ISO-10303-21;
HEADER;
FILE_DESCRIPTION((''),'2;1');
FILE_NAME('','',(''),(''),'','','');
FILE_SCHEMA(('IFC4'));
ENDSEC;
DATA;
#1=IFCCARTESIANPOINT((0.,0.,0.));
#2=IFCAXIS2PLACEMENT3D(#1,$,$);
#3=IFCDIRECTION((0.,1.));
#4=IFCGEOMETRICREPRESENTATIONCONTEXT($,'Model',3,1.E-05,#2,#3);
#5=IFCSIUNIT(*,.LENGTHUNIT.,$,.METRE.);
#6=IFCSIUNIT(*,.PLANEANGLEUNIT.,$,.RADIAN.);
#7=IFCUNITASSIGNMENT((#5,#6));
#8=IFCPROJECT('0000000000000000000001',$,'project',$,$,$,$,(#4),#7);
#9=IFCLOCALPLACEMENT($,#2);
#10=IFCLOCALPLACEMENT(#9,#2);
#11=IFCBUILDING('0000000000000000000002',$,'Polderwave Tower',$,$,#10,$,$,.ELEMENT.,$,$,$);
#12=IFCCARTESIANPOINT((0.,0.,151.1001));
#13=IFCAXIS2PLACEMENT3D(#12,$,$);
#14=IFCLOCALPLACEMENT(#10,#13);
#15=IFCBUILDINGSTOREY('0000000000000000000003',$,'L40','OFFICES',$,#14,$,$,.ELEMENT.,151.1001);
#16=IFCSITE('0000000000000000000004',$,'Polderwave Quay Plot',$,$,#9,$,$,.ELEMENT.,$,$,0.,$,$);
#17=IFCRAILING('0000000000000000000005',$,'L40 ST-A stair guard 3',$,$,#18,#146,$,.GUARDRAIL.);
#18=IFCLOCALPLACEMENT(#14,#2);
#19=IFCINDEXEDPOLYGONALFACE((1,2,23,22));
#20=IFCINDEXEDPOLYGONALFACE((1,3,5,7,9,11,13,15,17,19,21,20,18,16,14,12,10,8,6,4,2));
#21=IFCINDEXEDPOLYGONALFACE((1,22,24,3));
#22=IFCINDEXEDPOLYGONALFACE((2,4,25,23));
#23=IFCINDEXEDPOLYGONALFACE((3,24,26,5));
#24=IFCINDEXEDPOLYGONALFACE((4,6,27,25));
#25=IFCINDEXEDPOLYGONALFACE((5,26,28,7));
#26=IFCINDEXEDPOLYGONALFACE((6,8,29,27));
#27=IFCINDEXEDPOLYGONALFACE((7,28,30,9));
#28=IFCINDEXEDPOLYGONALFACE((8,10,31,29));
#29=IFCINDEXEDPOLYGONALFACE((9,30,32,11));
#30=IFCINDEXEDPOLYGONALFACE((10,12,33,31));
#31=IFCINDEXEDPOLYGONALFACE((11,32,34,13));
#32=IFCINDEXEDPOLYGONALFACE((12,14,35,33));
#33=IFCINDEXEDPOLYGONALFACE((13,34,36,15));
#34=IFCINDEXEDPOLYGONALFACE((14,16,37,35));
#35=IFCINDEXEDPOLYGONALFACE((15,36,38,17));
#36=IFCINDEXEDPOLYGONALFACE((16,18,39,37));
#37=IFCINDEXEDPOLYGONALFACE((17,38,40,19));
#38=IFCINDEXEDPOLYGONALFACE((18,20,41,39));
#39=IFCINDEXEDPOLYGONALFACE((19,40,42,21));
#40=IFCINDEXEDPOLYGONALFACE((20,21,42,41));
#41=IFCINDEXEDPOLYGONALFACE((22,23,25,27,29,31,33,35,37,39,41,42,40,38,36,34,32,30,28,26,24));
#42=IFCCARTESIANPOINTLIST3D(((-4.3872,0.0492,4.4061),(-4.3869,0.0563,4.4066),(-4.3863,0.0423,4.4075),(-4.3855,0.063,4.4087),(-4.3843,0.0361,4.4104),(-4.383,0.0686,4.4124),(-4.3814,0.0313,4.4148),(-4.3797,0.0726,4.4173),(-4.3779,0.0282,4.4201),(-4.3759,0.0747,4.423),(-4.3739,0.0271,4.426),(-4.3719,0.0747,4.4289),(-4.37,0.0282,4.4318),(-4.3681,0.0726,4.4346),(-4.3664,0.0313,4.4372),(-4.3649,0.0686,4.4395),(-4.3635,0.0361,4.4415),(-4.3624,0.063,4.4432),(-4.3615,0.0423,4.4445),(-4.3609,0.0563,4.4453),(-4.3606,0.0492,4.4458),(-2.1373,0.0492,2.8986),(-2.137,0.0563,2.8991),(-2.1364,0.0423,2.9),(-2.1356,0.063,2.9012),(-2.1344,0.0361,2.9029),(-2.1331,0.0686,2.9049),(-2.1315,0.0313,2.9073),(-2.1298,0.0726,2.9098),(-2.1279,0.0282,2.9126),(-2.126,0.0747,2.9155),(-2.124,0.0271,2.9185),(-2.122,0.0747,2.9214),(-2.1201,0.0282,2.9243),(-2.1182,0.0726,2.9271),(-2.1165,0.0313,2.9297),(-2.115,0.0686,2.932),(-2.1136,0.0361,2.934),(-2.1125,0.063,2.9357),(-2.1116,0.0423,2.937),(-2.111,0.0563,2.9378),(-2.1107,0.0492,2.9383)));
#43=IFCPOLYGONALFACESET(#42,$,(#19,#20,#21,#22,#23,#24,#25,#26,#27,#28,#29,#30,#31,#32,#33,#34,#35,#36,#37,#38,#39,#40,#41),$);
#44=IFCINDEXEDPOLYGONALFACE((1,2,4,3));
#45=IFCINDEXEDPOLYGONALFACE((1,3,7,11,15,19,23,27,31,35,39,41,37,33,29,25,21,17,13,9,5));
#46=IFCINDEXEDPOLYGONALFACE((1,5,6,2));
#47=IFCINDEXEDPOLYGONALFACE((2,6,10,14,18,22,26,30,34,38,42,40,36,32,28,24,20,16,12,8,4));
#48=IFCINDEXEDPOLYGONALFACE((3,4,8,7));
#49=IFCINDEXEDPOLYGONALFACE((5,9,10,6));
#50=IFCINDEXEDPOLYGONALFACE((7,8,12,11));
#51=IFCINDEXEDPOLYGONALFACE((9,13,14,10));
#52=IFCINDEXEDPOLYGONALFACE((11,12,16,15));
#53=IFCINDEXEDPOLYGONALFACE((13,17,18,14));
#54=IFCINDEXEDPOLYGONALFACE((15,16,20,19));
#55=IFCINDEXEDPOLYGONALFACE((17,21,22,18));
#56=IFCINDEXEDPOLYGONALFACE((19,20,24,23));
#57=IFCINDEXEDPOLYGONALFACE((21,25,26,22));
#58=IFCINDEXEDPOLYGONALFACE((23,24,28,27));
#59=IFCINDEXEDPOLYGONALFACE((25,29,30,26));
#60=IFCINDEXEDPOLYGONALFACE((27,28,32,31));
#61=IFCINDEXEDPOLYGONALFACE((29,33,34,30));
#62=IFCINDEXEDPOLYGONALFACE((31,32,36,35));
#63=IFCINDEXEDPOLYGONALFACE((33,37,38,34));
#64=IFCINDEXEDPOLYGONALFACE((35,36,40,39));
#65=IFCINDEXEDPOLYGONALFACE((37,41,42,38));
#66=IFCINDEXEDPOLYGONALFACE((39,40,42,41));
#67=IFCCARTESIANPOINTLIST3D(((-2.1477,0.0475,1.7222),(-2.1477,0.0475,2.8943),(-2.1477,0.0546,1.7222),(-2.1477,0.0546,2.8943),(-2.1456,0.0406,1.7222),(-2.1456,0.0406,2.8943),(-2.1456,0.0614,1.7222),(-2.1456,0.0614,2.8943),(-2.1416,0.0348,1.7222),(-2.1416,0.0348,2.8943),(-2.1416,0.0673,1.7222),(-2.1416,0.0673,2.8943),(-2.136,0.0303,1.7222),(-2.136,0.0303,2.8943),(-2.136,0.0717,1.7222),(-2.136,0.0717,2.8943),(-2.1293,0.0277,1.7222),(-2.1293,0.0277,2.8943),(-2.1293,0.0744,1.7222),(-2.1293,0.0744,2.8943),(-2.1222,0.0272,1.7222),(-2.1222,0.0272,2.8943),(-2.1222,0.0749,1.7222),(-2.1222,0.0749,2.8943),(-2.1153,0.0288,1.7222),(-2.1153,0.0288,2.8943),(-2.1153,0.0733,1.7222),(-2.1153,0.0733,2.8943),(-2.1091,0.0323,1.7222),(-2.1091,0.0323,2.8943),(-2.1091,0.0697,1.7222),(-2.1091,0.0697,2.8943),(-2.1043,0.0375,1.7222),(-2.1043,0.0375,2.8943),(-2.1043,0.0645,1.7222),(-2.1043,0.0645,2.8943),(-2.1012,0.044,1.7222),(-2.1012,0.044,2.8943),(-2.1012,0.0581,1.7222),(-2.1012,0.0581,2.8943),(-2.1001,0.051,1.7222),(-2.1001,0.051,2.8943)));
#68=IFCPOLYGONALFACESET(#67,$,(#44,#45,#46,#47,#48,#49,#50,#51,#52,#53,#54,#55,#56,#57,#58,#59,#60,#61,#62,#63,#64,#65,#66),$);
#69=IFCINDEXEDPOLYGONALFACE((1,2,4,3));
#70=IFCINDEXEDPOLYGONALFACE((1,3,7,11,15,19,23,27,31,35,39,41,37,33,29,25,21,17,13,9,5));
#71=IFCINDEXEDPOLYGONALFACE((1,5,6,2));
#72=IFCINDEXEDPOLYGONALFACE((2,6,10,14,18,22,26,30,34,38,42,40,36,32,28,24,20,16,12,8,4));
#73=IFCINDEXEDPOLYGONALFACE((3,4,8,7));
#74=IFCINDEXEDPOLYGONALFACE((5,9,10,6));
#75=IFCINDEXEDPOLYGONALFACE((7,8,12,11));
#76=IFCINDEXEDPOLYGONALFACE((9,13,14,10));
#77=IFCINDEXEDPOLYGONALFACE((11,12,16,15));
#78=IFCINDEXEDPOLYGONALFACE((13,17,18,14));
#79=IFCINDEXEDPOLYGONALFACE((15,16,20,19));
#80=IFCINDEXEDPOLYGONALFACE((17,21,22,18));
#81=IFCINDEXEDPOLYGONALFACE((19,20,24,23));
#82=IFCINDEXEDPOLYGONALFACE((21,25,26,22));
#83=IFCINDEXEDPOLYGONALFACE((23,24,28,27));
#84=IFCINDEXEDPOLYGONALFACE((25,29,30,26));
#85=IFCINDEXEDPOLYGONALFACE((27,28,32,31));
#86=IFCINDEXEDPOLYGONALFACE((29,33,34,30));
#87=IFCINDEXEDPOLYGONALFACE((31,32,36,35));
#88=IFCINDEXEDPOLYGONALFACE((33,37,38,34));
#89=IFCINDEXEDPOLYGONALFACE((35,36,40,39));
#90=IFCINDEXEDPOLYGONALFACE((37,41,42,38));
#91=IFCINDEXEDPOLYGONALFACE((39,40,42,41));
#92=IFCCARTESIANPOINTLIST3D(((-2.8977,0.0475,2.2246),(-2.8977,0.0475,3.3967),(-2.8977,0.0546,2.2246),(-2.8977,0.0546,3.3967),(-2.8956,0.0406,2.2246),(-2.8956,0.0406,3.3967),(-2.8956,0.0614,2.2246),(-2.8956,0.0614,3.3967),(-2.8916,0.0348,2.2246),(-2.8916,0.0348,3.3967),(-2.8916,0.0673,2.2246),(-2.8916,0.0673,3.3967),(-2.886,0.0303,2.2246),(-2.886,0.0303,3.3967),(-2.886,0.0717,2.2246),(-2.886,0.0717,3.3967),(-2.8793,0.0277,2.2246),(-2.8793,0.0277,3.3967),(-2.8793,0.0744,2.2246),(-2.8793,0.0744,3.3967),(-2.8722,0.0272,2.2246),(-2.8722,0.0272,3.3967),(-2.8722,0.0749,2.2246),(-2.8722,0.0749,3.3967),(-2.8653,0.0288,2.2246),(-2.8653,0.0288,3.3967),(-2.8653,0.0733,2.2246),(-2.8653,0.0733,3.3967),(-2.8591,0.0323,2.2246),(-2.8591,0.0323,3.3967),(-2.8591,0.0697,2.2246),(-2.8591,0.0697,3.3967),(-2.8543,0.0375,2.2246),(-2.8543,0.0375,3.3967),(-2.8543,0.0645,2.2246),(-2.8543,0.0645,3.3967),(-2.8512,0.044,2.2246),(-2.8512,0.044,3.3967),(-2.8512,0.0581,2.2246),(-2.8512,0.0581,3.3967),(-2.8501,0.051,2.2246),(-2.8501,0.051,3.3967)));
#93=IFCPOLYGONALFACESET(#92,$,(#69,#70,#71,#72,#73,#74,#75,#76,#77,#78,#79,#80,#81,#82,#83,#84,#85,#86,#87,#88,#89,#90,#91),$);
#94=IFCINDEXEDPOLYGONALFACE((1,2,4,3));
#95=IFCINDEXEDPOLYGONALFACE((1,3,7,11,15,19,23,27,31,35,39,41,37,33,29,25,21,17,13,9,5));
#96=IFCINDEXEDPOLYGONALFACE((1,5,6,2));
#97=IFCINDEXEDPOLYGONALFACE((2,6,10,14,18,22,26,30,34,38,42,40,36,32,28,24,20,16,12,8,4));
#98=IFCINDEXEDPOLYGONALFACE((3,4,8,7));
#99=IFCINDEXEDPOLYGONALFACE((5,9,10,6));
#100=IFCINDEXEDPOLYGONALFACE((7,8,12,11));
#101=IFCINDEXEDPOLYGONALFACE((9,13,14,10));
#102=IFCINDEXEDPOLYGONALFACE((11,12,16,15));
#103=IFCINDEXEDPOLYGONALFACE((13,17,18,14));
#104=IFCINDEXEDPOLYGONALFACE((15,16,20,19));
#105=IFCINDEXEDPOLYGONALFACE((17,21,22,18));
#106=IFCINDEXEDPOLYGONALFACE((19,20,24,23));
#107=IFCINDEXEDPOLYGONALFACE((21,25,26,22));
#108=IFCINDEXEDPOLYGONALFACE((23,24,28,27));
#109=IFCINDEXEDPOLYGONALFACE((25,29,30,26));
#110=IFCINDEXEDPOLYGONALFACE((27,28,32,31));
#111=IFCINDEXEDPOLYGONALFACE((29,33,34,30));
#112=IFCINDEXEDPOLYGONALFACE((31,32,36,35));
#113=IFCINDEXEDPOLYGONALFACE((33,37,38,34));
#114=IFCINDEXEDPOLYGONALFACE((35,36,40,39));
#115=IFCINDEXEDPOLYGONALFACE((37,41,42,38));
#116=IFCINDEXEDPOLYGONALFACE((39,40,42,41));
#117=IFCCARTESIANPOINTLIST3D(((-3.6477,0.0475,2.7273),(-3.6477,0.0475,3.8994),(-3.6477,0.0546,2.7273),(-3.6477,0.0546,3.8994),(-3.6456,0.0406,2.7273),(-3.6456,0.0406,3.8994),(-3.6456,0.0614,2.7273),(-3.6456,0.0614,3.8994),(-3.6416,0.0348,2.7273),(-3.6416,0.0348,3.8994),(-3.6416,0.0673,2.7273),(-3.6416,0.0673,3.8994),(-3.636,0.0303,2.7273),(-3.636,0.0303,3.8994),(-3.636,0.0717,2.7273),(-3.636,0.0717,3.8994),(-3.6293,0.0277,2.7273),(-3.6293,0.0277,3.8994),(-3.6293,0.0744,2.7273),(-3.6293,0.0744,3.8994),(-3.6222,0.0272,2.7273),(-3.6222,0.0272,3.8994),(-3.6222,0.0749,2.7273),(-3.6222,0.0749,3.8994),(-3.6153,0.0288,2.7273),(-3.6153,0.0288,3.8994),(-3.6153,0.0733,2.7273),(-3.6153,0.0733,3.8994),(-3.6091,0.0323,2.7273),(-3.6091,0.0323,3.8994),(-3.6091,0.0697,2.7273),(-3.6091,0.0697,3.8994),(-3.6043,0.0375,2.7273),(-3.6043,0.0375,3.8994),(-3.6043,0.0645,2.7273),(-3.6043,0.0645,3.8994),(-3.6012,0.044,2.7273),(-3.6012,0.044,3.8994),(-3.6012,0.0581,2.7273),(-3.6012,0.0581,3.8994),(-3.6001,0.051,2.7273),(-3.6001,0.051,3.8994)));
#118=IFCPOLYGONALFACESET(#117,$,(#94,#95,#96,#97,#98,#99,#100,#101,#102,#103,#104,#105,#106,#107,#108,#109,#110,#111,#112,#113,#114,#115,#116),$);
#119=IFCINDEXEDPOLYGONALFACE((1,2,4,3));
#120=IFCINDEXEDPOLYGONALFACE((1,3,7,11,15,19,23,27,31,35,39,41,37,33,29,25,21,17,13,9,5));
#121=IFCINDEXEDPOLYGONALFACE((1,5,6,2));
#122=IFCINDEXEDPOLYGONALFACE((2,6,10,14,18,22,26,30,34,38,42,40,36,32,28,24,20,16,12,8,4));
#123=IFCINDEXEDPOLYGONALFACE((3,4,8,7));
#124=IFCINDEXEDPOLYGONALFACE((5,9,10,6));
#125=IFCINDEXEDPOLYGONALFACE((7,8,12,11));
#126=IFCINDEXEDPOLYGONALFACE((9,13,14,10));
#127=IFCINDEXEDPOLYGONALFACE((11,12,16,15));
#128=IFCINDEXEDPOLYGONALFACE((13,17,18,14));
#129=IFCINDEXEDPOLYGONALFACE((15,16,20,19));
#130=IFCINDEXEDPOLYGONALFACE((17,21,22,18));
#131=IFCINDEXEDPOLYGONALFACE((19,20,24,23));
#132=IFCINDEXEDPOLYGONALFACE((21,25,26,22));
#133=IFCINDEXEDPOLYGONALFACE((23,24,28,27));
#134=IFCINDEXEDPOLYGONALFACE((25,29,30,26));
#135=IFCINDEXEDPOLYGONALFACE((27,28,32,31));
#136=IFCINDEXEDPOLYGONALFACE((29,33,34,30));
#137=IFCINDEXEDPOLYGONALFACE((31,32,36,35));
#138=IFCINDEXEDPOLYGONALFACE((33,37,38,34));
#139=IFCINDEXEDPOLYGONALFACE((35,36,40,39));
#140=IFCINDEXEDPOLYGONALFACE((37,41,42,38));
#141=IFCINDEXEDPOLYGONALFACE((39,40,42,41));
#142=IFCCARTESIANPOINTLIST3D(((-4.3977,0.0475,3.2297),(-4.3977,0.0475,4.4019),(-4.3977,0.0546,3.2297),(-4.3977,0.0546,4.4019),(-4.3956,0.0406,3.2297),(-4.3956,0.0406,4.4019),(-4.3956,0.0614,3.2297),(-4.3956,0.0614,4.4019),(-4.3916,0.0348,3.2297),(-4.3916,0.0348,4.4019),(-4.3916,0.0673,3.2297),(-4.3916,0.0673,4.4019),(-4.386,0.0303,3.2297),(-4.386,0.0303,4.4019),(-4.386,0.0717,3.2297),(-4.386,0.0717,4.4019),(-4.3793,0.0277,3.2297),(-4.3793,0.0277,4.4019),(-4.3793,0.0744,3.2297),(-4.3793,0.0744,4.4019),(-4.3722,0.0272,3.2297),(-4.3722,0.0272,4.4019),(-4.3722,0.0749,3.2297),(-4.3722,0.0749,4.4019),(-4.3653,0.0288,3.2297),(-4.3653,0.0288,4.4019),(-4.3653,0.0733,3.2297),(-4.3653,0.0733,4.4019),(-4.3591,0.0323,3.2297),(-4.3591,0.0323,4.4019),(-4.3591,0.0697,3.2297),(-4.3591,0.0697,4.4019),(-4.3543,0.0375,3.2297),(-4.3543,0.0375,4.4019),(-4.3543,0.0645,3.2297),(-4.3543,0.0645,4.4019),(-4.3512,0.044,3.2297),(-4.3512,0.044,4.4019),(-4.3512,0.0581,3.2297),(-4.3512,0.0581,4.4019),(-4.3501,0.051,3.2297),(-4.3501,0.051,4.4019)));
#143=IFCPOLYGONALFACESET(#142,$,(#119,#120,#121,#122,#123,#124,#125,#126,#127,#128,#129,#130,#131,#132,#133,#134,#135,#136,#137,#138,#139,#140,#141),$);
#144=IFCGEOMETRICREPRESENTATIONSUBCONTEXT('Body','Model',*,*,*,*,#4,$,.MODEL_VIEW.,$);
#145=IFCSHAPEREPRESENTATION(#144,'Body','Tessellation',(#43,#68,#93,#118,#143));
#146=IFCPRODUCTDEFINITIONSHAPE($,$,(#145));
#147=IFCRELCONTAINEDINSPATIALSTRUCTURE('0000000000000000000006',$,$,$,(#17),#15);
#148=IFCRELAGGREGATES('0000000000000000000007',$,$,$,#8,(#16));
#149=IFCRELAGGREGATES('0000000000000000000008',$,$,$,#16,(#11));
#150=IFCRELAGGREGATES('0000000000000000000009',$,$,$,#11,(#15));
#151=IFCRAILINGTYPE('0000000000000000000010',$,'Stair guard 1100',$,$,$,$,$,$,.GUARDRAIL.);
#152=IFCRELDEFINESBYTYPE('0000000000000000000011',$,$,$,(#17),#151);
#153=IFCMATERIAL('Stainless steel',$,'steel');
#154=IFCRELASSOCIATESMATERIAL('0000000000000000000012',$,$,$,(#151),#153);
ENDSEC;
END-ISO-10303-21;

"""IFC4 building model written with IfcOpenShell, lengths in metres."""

from ifc_helpers import new_model, si_unit, direction, frame, origin, origin_2d, place, context, subcontext, project, spatial, circle, extrude, material, type_object, element, save


model = new_model("IFC4")

# Units and contexts
model_context = context("Model", 3, precision=1e-05, world=origin(), true_north=direction((0.0, 1.0)))
body_context = subcontext(model_context, "Body", "Model", "MODEL_VIEW")
ifc_project = project(units=[si_unit("LENGTHUNIT", "METRE"), si_unit("PLANEANGLEUNIT", "RADIAN")], contexts=[model_context])

# Site, building, storey
site_placement = place(None, origin())
site = spatial("IfcSite", under=ifc_project, at=site_placement, Name="Polderwave Quay Plot", CompositionType="ELEMENT", RefElevation=0.0)
building_placement = place(site_placement, origin())
building = spatial("IfcBuilding", under=site, at=building_placement, Name="Polderwave Tower", CompositionType="ELEMENT")
storey_placement = place(building_placement, frame((0.0, 0.0, 151.1001)))
storey = spatial("IfcBuildingStorey", under=building, at=storey_placement, Name="L40", Description="OFFICES", CompositionType="ELEMENT", Elevation=151.1001)

# Shared definitions
ifc_material_1 = material(Name="Stainless steel", Category="steel")

# Railing
railing_type_1 = type_object("IfcRailingType", Name="Stair guard 1100", PredefinedType="GUARDRAIL", material=ifc_material_1)
railing_1_placement = place(storey_placement, frame((-2.124, 0.051, 1.7222)))
element("IfcRailing", 1, at=railing_1_placement, inside=storey, type_object=railing_type_1, Name="L40 ST-A stair guard 3", PredefinedType="GUARDRAIL", context=body_context, shape_type="SweptSolid", body=[
    extrude(circle(Radius=0.0239, at=origin_2d()), frame((0.0, 0.0, 1.1963), z_axis=(-0.830758, 0.0, 0.556633), x_axis=(0.0, -1.0, 0.0)), (0.0, 0.0, 1.0), 2.7083),
    extrude(circle(Radius=0.0239, at=origin_2d()), origin(), (0.0, 0.0, 1.0), 1.1721),
    extrude(circle(Radius=0.0239, at=origin_2d()), frame((-0.75, 0.0, 0.5024)), (0.0, 0.0, 1.0), 1.1721),
    extrude(circle(Radius=0.0239, at=origin_2d()), frame((-1.5, 0.0, 1.0051)), (0.0, 0.0, 1.0), 1.1721),
    extrude(circle(Radius=0.0239, at=origin_2d()), frame((-2.25, 0.0, 1.5076)), (0.0, 0.0, 1.0), 1.1721),
])

save(model, "model.ifc")
